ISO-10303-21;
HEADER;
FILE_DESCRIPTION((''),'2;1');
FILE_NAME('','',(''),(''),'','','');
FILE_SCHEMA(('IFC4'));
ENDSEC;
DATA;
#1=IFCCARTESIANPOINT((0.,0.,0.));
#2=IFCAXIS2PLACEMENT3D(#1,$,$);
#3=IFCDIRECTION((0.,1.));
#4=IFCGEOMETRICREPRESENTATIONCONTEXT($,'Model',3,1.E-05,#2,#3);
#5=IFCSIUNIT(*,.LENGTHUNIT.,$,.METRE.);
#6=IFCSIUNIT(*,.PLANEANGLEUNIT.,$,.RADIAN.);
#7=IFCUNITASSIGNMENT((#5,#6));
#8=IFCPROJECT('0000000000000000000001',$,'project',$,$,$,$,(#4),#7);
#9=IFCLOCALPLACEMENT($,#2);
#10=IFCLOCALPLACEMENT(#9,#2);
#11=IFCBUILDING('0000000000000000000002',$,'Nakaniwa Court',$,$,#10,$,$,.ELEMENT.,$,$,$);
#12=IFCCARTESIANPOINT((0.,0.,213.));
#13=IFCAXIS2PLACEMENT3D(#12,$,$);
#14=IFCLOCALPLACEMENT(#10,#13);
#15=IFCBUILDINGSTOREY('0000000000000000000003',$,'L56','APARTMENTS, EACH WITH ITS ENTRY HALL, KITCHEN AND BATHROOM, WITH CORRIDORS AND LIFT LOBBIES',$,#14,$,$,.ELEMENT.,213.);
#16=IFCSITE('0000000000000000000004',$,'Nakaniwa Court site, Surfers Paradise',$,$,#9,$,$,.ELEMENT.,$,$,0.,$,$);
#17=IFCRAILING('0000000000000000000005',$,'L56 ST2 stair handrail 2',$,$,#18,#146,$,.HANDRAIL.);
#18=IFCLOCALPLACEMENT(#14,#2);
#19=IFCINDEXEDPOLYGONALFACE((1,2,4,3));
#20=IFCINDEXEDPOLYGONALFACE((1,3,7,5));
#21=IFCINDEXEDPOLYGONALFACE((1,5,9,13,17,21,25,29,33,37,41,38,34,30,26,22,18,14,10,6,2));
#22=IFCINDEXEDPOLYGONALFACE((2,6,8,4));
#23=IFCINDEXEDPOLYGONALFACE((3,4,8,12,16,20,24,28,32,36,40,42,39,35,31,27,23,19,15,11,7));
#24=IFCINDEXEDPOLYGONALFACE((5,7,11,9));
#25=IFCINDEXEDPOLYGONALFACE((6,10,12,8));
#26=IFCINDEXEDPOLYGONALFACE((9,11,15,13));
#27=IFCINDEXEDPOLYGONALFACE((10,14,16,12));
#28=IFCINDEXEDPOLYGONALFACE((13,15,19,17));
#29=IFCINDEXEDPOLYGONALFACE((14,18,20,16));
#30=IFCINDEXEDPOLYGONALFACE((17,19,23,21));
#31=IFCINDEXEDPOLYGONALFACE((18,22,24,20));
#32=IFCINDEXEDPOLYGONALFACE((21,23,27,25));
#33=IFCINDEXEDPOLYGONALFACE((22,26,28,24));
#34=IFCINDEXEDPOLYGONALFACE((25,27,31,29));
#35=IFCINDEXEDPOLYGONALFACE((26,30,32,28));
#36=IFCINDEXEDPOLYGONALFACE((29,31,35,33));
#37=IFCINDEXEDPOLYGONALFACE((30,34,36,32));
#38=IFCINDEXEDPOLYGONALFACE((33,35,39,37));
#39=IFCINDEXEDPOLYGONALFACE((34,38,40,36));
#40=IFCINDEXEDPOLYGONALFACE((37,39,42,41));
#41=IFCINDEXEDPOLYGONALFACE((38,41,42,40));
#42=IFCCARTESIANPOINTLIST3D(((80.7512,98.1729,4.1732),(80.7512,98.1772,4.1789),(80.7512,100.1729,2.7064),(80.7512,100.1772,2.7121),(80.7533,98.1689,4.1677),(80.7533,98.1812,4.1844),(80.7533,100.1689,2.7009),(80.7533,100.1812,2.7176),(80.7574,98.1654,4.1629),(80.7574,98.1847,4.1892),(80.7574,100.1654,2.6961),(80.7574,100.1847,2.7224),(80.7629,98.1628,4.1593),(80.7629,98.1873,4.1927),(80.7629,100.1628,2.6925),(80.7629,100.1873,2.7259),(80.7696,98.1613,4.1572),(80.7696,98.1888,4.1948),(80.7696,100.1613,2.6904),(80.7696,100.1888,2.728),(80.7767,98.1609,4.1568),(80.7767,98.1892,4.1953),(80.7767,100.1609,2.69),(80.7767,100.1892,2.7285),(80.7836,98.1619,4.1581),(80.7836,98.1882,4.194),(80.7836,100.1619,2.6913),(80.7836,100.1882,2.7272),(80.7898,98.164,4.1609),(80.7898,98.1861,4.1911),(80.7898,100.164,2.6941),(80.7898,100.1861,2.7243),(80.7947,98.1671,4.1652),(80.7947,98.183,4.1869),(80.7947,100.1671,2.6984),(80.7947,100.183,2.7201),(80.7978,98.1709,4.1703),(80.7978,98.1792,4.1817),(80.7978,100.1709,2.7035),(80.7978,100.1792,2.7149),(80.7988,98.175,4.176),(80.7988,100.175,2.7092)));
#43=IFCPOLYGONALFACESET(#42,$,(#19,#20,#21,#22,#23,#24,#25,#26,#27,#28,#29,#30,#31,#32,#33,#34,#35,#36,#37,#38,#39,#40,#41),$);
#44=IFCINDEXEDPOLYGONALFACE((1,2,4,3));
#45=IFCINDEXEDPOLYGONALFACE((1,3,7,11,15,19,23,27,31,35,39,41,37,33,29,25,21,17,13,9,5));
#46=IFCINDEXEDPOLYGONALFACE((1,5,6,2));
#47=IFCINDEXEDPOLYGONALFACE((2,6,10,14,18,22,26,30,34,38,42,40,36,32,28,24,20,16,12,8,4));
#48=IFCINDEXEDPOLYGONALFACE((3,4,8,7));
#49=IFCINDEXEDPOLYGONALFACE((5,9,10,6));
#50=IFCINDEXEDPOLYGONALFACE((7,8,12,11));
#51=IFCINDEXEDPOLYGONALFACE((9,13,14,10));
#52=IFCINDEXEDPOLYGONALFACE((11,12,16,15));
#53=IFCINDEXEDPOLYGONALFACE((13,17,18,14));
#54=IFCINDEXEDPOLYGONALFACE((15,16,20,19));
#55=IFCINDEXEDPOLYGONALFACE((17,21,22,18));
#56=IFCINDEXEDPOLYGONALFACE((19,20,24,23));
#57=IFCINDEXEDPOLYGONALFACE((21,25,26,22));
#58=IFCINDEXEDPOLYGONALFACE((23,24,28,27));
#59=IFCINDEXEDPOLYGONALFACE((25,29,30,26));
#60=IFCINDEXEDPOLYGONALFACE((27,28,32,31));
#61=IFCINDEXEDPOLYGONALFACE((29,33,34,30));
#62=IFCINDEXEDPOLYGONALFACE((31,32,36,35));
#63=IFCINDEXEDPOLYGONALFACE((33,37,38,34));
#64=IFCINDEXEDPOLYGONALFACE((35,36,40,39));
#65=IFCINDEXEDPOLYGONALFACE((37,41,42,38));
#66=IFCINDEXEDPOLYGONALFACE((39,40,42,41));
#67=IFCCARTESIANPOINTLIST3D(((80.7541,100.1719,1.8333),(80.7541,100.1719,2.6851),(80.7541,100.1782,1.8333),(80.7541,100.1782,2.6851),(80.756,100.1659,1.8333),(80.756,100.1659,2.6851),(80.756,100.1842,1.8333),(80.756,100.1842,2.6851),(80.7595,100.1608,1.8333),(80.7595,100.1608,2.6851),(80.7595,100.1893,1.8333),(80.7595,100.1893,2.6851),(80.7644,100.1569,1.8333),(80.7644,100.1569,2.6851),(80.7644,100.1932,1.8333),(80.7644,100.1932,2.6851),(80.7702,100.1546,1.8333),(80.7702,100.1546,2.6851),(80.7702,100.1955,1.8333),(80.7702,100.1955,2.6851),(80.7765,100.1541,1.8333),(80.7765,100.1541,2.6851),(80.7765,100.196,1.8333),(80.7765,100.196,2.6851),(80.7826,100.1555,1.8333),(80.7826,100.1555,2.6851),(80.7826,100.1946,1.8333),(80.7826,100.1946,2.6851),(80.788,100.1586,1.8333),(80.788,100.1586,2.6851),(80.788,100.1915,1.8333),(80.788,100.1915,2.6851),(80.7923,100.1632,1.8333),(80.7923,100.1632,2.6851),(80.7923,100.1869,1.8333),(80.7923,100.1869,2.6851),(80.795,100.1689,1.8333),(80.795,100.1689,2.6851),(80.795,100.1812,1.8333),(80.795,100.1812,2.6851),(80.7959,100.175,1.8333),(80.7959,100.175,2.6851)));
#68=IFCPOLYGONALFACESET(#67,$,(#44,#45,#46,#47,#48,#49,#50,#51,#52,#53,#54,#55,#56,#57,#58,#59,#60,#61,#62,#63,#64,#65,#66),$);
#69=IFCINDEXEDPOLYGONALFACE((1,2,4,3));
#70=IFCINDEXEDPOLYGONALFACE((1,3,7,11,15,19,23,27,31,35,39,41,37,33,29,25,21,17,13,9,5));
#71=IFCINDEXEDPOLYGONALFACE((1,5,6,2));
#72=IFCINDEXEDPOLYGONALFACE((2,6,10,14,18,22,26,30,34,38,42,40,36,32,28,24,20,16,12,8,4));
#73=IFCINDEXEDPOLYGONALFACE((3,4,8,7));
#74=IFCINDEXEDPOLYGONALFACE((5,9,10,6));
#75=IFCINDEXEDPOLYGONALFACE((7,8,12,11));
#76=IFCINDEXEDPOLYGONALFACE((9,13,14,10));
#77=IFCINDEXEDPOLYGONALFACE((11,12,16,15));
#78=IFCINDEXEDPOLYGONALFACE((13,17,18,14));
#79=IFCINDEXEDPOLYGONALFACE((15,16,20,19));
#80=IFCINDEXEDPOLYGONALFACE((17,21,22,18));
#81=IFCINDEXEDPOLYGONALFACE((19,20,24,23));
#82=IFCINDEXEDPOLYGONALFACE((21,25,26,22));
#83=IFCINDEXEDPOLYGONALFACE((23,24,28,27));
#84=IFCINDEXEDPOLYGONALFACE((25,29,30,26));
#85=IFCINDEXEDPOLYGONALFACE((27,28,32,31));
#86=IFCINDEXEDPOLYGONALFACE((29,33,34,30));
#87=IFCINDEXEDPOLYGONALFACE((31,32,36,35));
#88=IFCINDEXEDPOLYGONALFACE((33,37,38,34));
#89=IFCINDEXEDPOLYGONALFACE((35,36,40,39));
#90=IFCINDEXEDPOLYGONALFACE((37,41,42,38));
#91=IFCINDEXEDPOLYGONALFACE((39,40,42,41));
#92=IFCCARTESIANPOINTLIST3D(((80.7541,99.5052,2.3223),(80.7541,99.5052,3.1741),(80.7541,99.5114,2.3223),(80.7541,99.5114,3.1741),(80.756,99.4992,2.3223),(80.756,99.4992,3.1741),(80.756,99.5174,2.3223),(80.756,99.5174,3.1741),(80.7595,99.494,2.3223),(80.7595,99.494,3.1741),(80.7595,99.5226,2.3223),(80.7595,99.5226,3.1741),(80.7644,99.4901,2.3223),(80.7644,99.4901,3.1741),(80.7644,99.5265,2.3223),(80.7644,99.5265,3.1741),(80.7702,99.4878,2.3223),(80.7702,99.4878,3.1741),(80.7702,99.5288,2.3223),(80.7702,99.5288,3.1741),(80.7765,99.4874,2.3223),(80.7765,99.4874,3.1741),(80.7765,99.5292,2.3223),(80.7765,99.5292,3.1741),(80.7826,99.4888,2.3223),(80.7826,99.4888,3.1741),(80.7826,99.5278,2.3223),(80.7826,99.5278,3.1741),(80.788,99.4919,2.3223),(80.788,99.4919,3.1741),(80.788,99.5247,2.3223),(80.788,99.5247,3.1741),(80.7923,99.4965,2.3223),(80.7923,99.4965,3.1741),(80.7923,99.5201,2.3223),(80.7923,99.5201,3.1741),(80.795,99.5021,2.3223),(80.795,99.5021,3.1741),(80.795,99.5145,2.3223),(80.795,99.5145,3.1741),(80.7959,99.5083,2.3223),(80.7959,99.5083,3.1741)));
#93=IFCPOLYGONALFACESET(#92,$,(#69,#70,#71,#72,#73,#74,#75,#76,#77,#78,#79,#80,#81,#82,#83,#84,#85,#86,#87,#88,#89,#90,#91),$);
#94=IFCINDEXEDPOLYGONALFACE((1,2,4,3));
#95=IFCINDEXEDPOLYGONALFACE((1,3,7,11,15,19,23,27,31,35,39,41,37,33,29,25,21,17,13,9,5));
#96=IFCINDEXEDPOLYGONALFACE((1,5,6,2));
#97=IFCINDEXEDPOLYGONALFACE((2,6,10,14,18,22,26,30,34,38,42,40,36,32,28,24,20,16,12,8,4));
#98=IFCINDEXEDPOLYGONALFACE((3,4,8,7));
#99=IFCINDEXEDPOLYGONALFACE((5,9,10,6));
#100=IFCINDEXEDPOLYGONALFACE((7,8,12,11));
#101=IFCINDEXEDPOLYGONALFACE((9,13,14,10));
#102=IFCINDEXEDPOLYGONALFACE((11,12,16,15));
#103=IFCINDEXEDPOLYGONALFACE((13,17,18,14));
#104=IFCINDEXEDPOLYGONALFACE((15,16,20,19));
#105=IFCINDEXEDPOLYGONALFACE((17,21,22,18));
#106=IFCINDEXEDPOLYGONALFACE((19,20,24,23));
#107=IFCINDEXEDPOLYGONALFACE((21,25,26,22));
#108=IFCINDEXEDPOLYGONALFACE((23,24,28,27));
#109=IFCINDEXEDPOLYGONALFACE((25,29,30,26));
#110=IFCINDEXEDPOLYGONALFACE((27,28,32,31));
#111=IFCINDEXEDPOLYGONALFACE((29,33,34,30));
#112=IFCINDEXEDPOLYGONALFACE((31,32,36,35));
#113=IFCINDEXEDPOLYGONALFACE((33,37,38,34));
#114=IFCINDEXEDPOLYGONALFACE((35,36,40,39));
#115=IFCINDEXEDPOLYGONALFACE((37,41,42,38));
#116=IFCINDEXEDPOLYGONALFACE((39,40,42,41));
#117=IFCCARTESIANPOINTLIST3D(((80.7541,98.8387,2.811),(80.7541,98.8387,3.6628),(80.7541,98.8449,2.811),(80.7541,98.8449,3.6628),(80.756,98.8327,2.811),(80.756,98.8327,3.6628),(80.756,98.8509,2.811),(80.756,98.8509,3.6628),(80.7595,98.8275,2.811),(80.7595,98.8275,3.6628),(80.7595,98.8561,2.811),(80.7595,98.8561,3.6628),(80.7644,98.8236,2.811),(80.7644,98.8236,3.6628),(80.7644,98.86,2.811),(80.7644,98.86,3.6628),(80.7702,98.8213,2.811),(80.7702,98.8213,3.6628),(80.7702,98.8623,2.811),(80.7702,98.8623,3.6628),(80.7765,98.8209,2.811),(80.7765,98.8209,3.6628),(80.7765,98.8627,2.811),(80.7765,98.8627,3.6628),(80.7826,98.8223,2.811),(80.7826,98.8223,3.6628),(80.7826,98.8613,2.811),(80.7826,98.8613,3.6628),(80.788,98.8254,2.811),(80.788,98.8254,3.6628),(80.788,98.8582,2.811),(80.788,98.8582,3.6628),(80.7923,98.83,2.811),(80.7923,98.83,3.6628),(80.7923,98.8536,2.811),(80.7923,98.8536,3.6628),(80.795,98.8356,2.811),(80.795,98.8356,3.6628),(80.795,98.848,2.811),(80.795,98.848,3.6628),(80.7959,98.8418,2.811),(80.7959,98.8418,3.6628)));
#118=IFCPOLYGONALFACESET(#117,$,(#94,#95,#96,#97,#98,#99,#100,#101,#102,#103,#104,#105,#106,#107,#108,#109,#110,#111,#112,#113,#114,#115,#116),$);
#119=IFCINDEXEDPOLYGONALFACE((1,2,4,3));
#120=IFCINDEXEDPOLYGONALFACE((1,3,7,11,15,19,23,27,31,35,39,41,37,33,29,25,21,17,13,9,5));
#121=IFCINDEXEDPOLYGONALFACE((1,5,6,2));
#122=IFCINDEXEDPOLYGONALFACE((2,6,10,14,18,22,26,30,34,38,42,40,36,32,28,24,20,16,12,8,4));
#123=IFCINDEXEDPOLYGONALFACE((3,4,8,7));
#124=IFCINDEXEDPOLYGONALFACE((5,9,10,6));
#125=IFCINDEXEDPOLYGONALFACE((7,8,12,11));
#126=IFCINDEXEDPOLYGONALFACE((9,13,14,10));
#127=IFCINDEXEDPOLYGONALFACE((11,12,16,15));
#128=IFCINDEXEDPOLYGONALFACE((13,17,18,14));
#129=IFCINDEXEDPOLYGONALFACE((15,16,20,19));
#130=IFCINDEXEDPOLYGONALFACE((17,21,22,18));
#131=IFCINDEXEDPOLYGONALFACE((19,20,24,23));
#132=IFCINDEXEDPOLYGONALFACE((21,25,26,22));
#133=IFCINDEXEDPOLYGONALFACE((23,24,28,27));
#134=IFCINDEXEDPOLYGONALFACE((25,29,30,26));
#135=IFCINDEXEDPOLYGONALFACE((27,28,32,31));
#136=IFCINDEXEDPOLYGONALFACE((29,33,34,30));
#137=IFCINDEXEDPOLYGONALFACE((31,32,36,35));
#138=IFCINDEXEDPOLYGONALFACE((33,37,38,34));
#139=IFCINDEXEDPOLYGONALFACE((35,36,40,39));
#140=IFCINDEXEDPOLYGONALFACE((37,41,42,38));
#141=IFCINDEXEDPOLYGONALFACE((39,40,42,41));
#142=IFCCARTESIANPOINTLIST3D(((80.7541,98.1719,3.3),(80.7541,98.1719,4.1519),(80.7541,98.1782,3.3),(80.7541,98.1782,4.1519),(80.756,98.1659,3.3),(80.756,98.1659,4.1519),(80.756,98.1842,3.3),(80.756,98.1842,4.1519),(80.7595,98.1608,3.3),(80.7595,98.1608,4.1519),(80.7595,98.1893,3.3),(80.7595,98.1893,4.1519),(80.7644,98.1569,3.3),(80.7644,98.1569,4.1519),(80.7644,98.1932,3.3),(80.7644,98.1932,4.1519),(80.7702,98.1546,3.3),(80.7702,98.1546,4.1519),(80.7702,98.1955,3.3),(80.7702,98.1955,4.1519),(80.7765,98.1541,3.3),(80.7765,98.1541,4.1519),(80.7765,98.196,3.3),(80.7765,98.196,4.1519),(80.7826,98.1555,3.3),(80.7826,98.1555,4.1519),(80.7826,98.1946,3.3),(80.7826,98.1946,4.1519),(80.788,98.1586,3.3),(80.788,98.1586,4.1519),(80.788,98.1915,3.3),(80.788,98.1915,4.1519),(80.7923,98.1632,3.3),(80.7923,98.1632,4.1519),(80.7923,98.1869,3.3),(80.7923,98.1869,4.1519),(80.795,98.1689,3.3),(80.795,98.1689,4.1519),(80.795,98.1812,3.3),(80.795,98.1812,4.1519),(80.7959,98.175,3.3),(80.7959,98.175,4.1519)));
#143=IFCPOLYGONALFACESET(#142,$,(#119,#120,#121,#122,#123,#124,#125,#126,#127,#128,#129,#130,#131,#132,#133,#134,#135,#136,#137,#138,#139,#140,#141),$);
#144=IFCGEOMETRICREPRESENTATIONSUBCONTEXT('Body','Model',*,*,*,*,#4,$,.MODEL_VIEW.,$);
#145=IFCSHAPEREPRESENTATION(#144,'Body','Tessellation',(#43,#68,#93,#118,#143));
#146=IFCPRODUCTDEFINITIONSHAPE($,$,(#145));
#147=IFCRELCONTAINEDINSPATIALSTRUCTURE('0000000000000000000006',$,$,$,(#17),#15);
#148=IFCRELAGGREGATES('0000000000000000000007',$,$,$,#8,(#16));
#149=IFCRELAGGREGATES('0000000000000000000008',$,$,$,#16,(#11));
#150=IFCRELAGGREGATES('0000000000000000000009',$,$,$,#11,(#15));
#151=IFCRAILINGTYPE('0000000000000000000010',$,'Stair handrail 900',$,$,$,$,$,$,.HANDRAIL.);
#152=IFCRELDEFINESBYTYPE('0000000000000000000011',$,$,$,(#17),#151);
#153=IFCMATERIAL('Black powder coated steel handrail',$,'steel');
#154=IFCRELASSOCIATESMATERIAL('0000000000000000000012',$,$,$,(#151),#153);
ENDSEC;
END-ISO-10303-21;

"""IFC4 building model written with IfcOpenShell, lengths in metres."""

from ifc_helpers import new_model, si_unit, direction, frame, origin, origin_2d, place, context, subcontext, project, spatial, circle, extrude, material, type_object, element, save


model = new_model("IFC4")

# Units and contexts
model_context = context("Model", 3, precision=1e-05, world=origin(), true_north=direction((0.0, 1.0)))
body_context = subcontext(model_context, "Body", "Model", "MODEL_VIEW")
ifc_project = project(units=[si_unit("LENGTHUNIT", "METRE"), si_unit("PLANEANGLEUNIT", "RADIAN")], contexts=[model_context])

# Site, building, storey
site_placement = place(None, origin())
site = spatial("IfcSite", under=ifc_project, at=site_placement, Name="Nakaniwa Court site, Surfers Paradise", CompositionType="ELEMENT", RefElevation=0.0)
building_placement = place(site_placement, origin())
building = spatial("IfcBuilding", under=site, at=building_placement, Name="Nakaniwa Court", CompositionType="ELEMENT")
storey_placement = place(building_placement, frame((0.0, 0.0, 213.0)))
storey = spatial("IfcBuildingStorey", under=building, at=storey_placement, Name="L56", Description="APARTMENTS, EACH WITH ITS ENTRY HALL, KITCHEN AND BATHROOM, WITH CORRIDORS AND LIFT LOBBIES", CompositionType="ELEMENT", Elevation=213.0)

# Railing
ifc_material_1 = material(Name="Black powder coated steel handrail", Category="steel")
railing_type_1 = type_object("IfcRailingType", Name="Stair handrail 900", PredefinedType="HANDRAIL", material=ifc_material_1)
railing_1_placement = place(storey_placement, frame((80.7749, 100.175, 1.8333)))
element("IfcRailing", 1, at=railing_1_placement, inside=storey, type_object=railing_type_1, Name="L56 ST2 stair handrail 2", PredefinedType="HANDRAIL", context=body_context, shape_type="SweptSolid", body=[
    extrude(circle(Radius=0.0239, at=origin_2d()), frame((0.0, 0.0, 0.876), z_axis=(0.0, -0.80638, 0.591398), x_axis=(1.0, 0.0, 0.0)), (0.0, 0.0, 1.0), 2.4802),
    extrude(circle(Radius=0.021, at=origin_2d()), origin(), (0.0, 0.0, 1.0), 0.8518),
    extrude(circle(Radius=0.021, at=origin_2d()), frame((0.0, -0.6667, 0.489)), (0.0, 0.0, 1.0), 0.8518),
    extrude(circle(Radius=0.021, at=origin_2d()), frame((0.0, -1.3333, 0.9778)), (0.0, 0.0, 1.0), 0.8518),
    extrude(circle(Radius=0.021, at=origin_2d()), frame((0.0, -2.0, 1.4668)), (0.0, 0.0, 1.0), 0.8518),
])

save(model, "model.ifc")
